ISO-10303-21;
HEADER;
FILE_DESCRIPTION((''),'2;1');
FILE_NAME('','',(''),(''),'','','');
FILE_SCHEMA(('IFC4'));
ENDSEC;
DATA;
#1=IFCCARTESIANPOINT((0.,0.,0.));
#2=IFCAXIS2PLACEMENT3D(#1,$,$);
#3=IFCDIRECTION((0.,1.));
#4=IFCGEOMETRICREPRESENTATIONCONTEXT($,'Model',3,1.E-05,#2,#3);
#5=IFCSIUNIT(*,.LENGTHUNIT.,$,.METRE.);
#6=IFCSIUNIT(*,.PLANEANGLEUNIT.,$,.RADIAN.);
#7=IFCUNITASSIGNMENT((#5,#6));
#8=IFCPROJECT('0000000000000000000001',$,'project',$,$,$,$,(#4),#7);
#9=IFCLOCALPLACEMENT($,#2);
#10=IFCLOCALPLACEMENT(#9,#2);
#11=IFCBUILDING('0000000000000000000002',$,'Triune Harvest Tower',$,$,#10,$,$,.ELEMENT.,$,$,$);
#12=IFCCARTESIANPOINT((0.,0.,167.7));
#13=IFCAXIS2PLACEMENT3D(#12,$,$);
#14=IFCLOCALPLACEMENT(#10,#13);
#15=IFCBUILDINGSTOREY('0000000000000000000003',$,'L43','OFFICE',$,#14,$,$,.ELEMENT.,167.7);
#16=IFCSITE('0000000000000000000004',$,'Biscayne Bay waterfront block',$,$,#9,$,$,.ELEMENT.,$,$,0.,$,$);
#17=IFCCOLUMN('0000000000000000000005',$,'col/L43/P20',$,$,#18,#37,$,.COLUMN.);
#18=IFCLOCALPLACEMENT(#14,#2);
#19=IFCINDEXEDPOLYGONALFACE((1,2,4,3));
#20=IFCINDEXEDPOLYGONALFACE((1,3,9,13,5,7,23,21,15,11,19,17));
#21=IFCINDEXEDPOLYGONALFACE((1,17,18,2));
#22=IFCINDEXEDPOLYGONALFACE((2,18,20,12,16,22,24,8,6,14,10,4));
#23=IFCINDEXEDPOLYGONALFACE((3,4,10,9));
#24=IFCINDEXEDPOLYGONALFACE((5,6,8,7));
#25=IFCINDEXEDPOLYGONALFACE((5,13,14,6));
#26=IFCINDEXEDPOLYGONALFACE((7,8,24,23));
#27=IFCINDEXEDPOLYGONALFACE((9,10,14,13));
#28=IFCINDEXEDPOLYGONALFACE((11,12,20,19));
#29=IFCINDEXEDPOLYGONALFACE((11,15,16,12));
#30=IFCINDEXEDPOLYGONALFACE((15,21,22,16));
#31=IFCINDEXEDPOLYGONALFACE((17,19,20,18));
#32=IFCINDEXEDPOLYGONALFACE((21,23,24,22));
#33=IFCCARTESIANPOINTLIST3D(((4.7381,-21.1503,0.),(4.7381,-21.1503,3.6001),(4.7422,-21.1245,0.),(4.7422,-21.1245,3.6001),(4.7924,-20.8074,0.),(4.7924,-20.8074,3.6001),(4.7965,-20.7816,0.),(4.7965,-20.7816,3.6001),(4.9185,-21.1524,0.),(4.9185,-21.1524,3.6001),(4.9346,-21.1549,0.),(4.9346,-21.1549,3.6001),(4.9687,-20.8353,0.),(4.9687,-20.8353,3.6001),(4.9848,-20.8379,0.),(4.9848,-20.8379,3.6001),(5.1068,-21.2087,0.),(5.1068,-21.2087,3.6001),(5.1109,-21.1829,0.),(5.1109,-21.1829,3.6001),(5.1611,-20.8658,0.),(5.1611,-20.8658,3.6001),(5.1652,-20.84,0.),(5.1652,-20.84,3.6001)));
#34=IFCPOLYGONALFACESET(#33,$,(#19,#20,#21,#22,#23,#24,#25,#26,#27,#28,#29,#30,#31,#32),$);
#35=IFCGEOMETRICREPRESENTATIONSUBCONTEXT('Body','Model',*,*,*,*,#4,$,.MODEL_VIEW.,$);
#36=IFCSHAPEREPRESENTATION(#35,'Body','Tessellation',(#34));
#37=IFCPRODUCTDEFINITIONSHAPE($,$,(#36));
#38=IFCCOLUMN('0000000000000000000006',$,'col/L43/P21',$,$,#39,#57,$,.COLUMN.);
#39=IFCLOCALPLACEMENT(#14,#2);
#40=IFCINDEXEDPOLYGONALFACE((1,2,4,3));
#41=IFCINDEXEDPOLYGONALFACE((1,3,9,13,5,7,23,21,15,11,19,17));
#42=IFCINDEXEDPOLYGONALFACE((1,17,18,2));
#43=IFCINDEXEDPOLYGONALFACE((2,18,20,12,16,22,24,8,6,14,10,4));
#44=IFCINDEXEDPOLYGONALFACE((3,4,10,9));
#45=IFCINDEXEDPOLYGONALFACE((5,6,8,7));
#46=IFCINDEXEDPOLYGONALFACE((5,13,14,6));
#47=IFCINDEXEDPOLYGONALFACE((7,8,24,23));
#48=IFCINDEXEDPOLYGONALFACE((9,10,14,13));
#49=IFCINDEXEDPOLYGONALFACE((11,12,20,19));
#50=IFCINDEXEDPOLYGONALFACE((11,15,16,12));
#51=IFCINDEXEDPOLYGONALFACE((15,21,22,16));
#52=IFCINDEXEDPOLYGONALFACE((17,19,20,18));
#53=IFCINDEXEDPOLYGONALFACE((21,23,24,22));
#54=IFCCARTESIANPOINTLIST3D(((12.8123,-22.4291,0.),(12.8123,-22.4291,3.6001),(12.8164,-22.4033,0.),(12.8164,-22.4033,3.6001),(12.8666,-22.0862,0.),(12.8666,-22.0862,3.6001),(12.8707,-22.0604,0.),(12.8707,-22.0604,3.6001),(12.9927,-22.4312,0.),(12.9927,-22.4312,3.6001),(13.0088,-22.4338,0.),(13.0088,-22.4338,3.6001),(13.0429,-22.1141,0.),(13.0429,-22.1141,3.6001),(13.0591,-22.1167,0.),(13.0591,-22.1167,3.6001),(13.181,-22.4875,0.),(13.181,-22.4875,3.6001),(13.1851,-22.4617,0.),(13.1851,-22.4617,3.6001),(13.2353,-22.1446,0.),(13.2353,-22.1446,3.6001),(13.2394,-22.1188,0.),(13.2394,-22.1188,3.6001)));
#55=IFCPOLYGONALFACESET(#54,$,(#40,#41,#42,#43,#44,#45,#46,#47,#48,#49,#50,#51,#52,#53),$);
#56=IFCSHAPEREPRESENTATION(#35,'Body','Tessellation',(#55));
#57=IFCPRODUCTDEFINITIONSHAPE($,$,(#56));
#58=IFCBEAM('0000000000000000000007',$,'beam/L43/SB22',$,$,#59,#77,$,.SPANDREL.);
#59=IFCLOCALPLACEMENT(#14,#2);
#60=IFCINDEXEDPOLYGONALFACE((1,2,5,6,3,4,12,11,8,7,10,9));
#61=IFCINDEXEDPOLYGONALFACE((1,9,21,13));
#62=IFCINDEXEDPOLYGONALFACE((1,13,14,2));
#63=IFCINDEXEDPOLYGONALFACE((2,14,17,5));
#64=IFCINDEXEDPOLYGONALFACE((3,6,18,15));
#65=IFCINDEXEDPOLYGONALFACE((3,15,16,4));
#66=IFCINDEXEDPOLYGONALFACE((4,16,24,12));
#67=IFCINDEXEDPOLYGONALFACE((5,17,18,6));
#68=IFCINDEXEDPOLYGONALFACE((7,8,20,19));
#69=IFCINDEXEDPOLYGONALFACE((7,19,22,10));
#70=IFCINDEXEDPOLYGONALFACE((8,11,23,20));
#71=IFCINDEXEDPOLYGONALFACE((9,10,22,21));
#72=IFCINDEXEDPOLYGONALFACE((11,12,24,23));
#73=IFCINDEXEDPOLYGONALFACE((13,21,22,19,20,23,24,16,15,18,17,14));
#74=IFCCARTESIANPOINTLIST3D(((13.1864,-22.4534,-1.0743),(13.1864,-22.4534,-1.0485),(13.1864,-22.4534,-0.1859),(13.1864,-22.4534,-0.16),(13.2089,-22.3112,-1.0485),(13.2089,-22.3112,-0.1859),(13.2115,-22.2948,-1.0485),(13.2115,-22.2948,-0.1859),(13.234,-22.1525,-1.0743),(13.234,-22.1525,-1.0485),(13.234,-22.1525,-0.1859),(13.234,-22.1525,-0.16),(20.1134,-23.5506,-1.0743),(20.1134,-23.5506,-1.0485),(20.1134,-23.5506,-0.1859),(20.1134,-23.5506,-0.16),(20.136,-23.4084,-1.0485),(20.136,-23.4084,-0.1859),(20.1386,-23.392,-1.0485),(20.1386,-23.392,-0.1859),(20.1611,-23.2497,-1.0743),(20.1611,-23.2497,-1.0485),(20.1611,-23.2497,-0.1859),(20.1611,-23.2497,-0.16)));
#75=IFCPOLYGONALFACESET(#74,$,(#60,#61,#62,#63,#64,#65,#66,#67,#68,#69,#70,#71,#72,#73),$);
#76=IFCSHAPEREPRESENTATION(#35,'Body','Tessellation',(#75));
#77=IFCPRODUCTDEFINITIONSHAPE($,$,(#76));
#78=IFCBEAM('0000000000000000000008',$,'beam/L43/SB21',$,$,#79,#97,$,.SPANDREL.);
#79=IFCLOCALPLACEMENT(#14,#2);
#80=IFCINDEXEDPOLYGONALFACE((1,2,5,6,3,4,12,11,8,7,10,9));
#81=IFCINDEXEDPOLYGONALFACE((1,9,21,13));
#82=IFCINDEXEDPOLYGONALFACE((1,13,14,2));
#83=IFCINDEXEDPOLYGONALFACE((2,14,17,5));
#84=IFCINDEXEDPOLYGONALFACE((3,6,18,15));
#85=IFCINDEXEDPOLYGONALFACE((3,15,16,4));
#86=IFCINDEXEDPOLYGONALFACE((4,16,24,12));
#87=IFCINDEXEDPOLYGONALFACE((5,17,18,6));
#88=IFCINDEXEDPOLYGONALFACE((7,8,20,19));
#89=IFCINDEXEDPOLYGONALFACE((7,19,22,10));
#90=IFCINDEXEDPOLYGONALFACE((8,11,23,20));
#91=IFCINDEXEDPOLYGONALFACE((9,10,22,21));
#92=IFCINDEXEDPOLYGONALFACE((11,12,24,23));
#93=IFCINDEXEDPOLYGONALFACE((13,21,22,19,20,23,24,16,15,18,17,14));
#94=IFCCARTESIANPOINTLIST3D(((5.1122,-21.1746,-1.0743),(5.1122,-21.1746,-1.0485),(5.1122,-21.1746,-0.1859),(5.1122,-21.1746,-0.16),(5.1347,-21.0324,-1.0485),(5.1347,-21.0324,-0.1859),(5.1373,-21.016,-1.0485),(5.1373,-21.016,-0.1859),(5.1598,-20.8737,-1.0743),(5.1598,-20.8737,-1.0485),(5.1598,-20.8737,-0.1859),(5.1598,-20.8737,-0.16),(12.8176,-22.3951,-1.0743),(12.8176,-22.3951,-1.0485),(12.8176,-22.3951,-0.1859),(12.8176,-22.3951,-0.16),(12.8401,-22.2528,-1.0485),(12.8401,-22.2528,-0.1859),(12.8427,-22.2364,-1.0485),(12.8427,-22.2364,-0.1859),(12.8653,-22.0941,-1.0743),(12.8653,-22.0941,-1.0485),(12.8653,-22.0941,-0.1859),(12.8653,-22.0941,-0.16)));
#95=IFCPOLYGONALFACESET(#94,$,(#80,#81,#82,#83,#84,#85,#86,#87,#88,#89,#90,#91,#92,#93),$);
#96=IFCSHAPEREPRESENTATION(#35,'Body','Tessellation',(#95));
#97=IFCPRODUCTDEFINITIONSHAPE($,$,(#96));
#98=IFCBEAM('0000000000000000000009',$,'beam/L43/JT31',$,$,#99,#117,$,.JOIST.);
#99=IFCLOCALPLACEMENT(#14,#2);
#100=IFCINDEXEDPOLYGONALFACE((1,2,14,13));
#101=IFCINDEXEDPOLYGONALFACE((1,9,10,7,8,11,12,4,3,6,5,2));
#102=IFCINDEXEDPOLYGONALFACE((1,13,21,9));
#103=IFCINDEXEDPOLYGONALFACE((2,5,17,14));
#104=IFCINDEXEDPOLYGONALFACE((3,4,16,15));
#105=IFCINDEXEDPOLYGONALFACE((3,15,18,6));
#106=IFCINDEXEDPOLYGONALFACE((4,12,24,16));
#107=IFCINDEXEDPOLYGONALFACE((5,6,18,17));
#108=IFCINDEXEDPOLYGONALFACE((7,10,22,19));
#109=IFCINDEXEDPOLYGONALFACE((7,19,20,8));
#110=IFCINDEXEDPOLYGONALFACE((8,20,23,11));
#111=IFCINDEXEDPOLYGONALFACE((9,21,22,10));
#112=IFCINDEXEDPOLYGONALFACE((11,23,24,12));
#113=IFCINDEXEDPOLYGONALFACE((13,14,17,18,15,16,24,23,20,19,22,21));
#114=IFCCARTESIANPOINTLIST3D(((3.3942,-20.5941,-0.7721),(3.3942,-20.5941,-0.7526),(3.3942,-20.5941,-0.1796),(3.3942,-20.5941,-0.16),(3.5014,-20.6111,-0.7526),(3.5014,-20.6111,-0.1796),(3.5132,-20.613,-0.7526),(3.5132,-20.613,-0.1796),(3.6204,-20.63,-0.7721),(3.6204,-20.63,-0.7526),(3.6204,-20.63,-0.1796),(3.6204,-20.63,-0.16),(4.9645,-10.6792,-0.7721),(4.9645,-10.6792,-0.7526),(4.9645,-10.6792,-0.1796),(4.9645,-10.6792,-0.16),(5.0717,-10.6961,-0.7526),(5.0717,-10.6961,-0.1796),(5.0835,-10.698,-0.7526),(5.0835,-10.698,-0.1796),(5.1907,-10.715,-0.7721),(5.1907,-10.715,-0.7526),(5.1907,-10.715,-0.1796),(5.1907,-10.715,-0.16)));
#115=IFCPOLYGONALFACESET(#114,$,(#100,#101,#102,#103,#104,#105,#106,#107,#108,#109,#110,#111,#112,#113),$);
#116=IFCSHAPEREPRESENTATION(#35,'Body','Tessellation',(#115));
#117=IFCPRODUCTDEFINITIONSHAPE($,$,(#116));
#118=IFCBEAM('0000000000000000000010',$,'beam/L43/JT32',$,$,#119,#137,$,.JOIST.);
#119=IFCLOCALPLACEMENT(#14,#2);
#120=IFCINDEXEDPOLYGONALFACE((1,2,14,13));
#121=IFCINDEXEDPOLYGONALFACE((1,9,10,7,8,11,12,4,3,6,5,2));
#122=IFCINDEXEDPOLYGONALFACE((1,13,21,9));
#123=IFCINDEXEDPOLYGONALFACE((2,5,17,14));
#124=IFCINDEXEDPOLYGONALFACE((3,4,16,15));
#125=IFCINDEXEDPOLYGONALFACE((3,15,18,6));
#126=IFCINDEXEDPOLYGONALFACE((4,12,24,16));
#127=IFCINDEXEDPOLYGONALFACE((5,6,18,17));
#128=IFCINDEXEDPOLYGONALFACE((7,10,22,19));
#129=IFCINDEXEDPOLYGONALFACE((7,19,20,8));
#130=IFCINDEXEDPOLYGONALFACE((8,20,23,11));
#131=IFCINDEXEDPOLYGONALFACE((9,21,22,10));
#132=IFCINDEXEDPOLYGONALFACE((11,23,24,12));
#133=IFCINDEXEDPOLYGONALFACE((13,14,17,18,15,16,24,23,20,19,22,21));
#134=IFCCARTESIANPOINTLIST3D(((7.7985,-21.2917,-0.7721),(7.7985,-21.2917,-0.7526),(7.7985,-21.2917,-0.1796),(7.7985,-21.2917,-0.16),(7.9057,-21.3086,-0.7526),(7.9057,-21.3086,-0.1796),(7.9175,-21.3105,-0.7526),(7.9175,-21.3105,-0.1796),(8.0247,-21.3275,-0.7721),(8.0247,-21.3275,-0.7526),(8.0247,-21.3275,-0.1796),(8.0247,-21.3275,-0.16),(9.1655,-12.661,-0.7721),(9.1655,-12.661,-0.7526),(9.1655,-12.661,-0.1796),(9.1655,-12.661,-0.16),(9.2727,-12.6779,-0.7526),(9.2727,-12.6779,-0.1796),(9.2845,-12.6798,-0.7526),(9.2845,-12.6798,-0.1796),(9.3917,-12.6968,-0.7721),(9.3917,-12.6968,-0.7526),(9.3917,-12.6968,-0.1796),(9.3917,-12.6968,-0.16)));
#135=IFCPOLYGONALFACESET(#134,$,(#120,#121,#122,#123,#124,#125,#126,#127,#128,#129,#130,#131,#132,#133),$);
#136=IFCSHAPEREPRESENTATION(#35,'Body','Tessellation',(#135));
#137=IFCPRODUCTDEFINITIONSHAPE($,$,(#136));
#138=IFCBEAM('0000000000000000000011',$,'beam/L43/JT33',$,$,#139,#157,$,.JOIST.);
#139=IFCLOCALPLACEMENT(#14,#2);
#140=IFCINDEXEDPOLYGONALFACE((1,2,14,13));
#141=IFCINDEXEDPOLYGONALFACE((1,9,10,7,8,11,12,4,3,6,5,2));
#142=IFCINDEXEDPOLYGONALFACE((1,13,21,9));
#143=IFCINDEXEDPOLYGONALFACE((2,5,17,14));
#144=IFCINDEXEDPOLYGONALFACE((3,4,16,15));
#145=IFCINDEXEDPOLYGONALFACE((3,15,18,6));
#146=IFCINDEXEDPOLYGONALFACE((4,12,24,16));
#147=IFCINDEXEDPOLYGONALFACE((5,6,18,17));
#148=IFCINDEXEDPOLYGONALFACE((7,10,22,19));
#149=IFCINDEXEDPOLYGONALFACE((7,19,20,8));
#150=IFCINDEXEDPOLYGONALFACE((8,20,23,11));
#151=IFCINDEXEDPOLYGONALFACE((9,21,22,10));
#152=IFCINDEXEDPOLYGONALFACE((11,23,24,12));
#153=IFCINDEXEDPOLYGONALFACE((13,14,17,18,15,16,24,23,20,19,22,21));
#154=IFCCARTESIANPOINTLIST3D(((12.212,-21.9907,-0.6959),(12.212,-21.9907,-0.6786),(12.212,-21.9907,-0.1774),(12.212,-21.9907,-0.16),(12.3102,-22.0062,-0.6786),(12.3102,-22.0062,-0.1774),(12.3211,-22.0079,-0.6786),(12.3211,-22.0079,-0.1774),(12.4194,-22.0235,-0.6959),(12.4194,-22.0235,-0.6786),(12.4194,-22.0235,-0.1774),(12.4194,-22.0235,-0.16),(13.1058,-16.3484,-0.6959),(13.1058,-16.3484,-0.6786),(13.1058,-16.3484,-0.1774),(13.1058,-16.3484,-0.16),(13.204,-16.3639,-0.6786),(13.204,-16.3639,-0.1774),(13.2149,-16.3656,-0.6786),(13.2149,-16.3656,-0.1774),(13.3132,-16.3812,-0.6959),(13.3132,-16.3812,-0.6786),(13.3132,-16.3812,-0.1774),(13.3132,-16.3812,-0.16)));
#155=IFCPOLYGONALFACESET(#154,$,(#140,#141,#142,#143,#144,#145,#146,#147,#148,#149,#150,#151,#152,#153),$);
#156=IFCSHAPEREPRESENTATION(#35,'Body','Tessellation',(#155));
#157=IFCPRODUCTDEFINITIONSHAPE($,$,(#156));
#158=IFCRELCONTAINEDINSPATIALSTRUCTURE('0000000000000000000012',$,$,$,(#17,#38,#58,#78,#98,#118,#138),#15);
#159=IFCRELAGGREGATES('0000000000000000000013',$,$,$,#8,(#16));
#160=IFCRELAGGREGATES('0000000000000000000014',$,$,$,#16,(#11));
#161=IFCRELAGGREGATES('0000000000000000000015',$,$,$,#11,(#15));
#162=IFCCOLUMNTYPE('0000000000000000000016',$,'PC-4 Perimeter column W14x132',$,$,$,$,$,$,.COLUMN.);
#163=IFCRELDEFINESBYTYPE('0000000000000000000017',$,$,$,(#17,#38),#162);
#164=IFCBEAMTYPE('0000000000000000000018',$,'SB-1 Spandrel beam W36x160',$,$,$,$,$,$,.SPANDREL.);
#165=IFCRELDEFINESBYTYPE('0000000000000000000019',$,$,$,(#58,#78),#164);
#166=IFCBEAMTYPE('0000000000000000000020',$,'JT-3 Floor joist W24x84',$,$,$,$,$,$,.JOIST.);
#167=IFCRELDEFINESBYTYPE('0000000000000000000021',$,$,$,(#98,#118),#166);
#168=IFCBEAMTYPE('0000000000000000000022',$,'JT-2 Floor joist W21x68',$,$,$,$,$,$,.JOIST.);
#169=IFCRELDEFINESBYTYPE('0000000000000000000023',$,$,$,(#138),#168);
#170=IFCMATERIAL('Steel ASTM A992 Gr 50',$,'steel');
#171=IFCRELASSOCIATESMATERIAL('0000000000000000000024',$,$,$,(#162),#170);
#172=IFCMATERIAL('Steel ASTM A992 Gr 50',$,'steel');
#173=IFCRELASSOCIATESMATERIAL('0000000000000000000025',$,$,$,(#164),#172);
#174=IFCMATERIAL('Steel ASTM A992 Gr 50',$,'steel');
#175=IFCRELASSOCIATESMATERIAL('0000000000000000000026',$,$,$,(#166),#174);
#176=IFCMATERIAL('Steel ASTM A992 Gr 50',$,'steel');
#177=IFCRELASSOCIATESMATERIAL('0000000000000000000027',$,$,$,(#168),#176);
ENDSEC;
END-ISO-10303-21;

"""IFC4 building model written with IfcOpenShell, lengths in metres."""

from ifc_helpers import new_model, si_unit, direction, frame, origin, origin_2d, place, context, subcontext, project, spatial, i_section, extrude, source, transform, mapped, material, material_profile, profile_set, type_object, element, save


model = new_model("IFC4")

# Units and contexts
model_context = context("Model", 3, precision=1e-05, world=origin(), true_north=direction((0.0, 1.0)))
body_context = subcontext(model_context, "Body", "Model", "MODEL_VIEW")
ifc_project = project(units=[si_unit("LENGTHUNIT", "METRE"), si_unit("PLANEANGLEUNIT", "RADIAN")], contexts=[model_context])

# Site, building, storey
site_placement = place(None, origin())
site = spatial("IfcSite", under=ifc_project, at=site_placement, Name="Biscayne Bay waterfront block", CompositionType="ELEMENT", RefElevation=0.0)
building_placement = place(site_placement, origin())
building = spatial("IfcBuilding", under=site, at=building_placement, Name="Triune Harvest Tower", CompositionType="ELEMENT")
storey_placement = place(building_placement, frame((0.0, 0.0, 167.7)))
storey = spatial("IfcBuildingStorey", under=building, at=storey_placement, Name="L43", Description="OFFICE", CompositionType="ELEMENT", Elevation=167.7)

# Columns
ifc_material_1 = material(Name="Steel ASTM A992 Gr 50", Category="steel")
ifc_material_profile_1 = material_profile(ifc_material_1, i_section(OverallWidth=0.3733, OverallDepth=0.3733, WebThickness=0.0164, FlangeThickness=0.0261, at=origin_2d()), Name="W14x132")
ifc_profile_set_1 = profile_set([ifc_material_profile_1], Name="Steel ASTM A992 Gr 50")
column_type = type_object("IfcColumnType", Name="PC-4 Perimeter column W14x132", PredefinedType="COLUMN", material=ifc_profile_set_1)
shared_shape_1 = source(origin(), body_context, "Body", "SweptSolid", [
    extrude(i_section(OverallWidth=0.3733, OverallDepth=0.3733, WebThickness=0.0164, FlangeThickness=0.0261, at=origin_2d()), origin(), (0.0, 0.0, 1.0), 3.6001),
])
for number, where, z_axis, x_axis, name in (
    (1, (4.9517, -20.9951, 0.0), (0.0, 0.0, 1.0), (0.987688, -0.156434, 0.0), "col/L43/P20"),
    (2, (13.0259, -22.2739, 0.0), (0.0, 0.0, 1.0), (0.987688, -0.156434, 0.0), "col/L43/P21"),
):
    element("IfcColumn", number, at=place(storey_placement, frame(where, z_axis=z_axis, x_axis=x_axis)), inside=storey, type_object=column_type, Name=name, PredefinedType="COLUMN", context=body_context, shape_type="MappedRepresentation", body=[
        mapped(shared_shape_1, transform((0.0, 0.0, 0.0), scale=1.0)),
    ])

# Beams
ifc_material_2 = material(Name="Steel ASTM A992 Gr 50", Category="steel")
ifc_material_profile_2 = material_profile(ifc_material_2, i_section(OverallWidth=0.3047, OverallDepth=0.9143, WebThickness=0.0166, FlangeThickness=0.0259, at=origin_2d()), Name="W36x160")
ifc_profile_set_2 = profile_set([ifc_material_profile_2], Name="Steel ASTM A992 Gr 50")
beam_type_1 = type_object("IfcBeamType", Name="SB-1 Spandrel beam W36x160", PredefinedType="SPANDREL", material=ifc_profile_set_2)
shared_shape_2 = source(origin(), body_context, "Body", "SweptSolid", [
    extrude(i_section(OverallWidth=0.3047, OverallDepth=0.9143, WebThickness=0.0166, FlangeThickness=0.0259, at=origin_2d()), origin(), (0.0, 0.0, 1.0), 7.0134),
])
beam_1_placement = place(storey_placement, frame((13.2102, -22.303, -0.6172), z_axis=(0.987687, -0.15644, 0.0), x_axis=(0.15644, 0.987687, 0.0)))
element("IfcBeam", 3, at=beam_1_placement, inside=storey, type_object=beam_type_1, Name="beam/L43/SB22", PredefinedType="SPANDREL", context=body_context, shape_type="MappedRepresentation", body=[
    mapped(shared_shape_2, transform((0.0, 0.0, 0.0), scale=1.0)),
])
shared_shape_3 = source(origin(), body_context, "Body", "SweptSolid", [
    extrude(i_section(OverallWidth=0.3047, OverallDepth=0.9143, WebThickness=0.0166, FlangeThickness=0.0259, at=origin_2d()), origin(), (0.0, 0.0, 1.0), 7.8015),
])
beam_2_placement = place(storey_placement, frame((5.136, -21.0242, -0.6172), z_axis=(0.987688, -0.156437, 0.0), x_axis=(0.156437, 0.987688, 0.0)))
element("IfcBeam", 4, at=beam_2_placement, inside=storey, type_object=beam_type_1, Name="beam/L43/SB21", PredefinedType="SPANDREL", context=body_context, shape_type="MappedRepresentation", body=[
    mapped(shared_shape_3, transform((0.0, 0.0, 0.0), scale=1.0)),
])
ifc_material_3 = material(Name="Steel ASTM A992 Gr 50", Category="steel")
ifc_material_profile_3 = material_profile(ifc_material_3, i_section(OverallWidth=0.229, OverallDepth=0.6121, WebThickness=0.012, FlangeThickness=0.0195, at=origin_2d()), Name="W24x84")
ifc_profile_set_3 = profile_set([ifc_material_profile_3], Name="Steel ASTM A992 Gr 50")
beam_type_2 = type_object("IfcBeamType", Name="JT-3 Floor joist W24x84", PredefinedType="JOIST", material=ifc_profile_set_3)
shared_shape_4 = source(origin(), body_context, "Body", "SweptSolid", [
    extrude(i_section(OverallWidth=0.229, OverallDepth=0.6121, WebThickness=0.012, FlangeThickness=0.0195, at=origin_2d()), origin(), (0.0, 0.0, 1.0), 10.0386),
])
beam_3_placement = place(storey_placement, frame((3.5073, -20.6121, -0.4661), z_axis=(0.156427, 0.98769, 0.0), x_axis=(-0.98769, 0.156427, 0.0)))
element("IfcBeam", 5, at=beam_3_placement, inside=storey, type_object=beam_type_2, Name="beam/L43/JT31", PredefinedType="JOIST", context=body_context, shape_type="MappedRepresentation", body=[
    mapped(shared_shape_4, transform((0.0, 0.0, 0.0), scale=1.0)),
])
shared_shape_5 = source(origin(), body_context, "Body", "SweptSolid", [
    extrude(i_section(OverallWidth=0.229, OverallDepth=0.6121, WebThickness=0.012, FlangeThickness=0.0195, at=origin_2d()), origin(), (0.0, 0.0, 1.0), 8.7383),
])
beam_4_placement = place(storey_placement, frame((7.9116, -21.3096, -0.4661), z_axis=(0.156433, 0.987689, 0.0), x_axis=(-0.987689, 0.156433, 0.0)))
element("IfcBeam", 6, at=beam_4_placement, inside=storey, type_object=beam_type_2, Name="beam/L43/JT32", PredefinedType="JOIST", context=body_context, shape_type="MappedRepresentation", body=[
    mapped(shared_shape_5, transform((0.0, 0.0, 0.0), scale=1.0)),
])
ifc_material_4 = material(Name="Steel ASTM A992 Gr 50", Category="steel")
ifc_material_profile_4 = material_profile(ifc_material_4, i_section(OverallWidth=0.21, OverallDepth=0.5359, WebThickness=0.011, FlangeThickness=0.0173, at=origin_2d()), Name="W21x68")
ifc_profile_set_4 = profile_set([ifc_material_profile_4], Name="Steel ASTM A992 Gr 50")
beam_type_3 = type_object("IfcBeamType", Name="JT-2 Floor joist W21x68", PredefinedType="JOIST", material=ifc_profile_set_4)
shared_shape_6 = source(origin(), body_context, "Body", "SweptSolid", [
    extrude(i_section(OverallWidth=0.21, OverallDepth=0.5359, WebThickness=0.011, FlangeThickness=0.0173, at=origin_2d()), origin(), (0.0, 0.0, 1.0), 5.7126),
])
beam_5_placement = place(storey_placement, frame((12.3157, -22.0071, -0.428), z_axis=(0.156459, 0.987685, 0.0), x_axis=(-0.987685, 0.156459, 0.0)))
element("IfcBeam", 7, at=beam_5_placement, inside=storey, type_object=beam_type_3, Name="beam/L43/JT33", PredefinedType="JOIST", context=body_context, shape_type="MappedRepresentation", body=[
    mapped(shared_shape_6, transform((0.0, 0.0, 0.0), scale=1.0)),
])

save(model, "model.ifc")
